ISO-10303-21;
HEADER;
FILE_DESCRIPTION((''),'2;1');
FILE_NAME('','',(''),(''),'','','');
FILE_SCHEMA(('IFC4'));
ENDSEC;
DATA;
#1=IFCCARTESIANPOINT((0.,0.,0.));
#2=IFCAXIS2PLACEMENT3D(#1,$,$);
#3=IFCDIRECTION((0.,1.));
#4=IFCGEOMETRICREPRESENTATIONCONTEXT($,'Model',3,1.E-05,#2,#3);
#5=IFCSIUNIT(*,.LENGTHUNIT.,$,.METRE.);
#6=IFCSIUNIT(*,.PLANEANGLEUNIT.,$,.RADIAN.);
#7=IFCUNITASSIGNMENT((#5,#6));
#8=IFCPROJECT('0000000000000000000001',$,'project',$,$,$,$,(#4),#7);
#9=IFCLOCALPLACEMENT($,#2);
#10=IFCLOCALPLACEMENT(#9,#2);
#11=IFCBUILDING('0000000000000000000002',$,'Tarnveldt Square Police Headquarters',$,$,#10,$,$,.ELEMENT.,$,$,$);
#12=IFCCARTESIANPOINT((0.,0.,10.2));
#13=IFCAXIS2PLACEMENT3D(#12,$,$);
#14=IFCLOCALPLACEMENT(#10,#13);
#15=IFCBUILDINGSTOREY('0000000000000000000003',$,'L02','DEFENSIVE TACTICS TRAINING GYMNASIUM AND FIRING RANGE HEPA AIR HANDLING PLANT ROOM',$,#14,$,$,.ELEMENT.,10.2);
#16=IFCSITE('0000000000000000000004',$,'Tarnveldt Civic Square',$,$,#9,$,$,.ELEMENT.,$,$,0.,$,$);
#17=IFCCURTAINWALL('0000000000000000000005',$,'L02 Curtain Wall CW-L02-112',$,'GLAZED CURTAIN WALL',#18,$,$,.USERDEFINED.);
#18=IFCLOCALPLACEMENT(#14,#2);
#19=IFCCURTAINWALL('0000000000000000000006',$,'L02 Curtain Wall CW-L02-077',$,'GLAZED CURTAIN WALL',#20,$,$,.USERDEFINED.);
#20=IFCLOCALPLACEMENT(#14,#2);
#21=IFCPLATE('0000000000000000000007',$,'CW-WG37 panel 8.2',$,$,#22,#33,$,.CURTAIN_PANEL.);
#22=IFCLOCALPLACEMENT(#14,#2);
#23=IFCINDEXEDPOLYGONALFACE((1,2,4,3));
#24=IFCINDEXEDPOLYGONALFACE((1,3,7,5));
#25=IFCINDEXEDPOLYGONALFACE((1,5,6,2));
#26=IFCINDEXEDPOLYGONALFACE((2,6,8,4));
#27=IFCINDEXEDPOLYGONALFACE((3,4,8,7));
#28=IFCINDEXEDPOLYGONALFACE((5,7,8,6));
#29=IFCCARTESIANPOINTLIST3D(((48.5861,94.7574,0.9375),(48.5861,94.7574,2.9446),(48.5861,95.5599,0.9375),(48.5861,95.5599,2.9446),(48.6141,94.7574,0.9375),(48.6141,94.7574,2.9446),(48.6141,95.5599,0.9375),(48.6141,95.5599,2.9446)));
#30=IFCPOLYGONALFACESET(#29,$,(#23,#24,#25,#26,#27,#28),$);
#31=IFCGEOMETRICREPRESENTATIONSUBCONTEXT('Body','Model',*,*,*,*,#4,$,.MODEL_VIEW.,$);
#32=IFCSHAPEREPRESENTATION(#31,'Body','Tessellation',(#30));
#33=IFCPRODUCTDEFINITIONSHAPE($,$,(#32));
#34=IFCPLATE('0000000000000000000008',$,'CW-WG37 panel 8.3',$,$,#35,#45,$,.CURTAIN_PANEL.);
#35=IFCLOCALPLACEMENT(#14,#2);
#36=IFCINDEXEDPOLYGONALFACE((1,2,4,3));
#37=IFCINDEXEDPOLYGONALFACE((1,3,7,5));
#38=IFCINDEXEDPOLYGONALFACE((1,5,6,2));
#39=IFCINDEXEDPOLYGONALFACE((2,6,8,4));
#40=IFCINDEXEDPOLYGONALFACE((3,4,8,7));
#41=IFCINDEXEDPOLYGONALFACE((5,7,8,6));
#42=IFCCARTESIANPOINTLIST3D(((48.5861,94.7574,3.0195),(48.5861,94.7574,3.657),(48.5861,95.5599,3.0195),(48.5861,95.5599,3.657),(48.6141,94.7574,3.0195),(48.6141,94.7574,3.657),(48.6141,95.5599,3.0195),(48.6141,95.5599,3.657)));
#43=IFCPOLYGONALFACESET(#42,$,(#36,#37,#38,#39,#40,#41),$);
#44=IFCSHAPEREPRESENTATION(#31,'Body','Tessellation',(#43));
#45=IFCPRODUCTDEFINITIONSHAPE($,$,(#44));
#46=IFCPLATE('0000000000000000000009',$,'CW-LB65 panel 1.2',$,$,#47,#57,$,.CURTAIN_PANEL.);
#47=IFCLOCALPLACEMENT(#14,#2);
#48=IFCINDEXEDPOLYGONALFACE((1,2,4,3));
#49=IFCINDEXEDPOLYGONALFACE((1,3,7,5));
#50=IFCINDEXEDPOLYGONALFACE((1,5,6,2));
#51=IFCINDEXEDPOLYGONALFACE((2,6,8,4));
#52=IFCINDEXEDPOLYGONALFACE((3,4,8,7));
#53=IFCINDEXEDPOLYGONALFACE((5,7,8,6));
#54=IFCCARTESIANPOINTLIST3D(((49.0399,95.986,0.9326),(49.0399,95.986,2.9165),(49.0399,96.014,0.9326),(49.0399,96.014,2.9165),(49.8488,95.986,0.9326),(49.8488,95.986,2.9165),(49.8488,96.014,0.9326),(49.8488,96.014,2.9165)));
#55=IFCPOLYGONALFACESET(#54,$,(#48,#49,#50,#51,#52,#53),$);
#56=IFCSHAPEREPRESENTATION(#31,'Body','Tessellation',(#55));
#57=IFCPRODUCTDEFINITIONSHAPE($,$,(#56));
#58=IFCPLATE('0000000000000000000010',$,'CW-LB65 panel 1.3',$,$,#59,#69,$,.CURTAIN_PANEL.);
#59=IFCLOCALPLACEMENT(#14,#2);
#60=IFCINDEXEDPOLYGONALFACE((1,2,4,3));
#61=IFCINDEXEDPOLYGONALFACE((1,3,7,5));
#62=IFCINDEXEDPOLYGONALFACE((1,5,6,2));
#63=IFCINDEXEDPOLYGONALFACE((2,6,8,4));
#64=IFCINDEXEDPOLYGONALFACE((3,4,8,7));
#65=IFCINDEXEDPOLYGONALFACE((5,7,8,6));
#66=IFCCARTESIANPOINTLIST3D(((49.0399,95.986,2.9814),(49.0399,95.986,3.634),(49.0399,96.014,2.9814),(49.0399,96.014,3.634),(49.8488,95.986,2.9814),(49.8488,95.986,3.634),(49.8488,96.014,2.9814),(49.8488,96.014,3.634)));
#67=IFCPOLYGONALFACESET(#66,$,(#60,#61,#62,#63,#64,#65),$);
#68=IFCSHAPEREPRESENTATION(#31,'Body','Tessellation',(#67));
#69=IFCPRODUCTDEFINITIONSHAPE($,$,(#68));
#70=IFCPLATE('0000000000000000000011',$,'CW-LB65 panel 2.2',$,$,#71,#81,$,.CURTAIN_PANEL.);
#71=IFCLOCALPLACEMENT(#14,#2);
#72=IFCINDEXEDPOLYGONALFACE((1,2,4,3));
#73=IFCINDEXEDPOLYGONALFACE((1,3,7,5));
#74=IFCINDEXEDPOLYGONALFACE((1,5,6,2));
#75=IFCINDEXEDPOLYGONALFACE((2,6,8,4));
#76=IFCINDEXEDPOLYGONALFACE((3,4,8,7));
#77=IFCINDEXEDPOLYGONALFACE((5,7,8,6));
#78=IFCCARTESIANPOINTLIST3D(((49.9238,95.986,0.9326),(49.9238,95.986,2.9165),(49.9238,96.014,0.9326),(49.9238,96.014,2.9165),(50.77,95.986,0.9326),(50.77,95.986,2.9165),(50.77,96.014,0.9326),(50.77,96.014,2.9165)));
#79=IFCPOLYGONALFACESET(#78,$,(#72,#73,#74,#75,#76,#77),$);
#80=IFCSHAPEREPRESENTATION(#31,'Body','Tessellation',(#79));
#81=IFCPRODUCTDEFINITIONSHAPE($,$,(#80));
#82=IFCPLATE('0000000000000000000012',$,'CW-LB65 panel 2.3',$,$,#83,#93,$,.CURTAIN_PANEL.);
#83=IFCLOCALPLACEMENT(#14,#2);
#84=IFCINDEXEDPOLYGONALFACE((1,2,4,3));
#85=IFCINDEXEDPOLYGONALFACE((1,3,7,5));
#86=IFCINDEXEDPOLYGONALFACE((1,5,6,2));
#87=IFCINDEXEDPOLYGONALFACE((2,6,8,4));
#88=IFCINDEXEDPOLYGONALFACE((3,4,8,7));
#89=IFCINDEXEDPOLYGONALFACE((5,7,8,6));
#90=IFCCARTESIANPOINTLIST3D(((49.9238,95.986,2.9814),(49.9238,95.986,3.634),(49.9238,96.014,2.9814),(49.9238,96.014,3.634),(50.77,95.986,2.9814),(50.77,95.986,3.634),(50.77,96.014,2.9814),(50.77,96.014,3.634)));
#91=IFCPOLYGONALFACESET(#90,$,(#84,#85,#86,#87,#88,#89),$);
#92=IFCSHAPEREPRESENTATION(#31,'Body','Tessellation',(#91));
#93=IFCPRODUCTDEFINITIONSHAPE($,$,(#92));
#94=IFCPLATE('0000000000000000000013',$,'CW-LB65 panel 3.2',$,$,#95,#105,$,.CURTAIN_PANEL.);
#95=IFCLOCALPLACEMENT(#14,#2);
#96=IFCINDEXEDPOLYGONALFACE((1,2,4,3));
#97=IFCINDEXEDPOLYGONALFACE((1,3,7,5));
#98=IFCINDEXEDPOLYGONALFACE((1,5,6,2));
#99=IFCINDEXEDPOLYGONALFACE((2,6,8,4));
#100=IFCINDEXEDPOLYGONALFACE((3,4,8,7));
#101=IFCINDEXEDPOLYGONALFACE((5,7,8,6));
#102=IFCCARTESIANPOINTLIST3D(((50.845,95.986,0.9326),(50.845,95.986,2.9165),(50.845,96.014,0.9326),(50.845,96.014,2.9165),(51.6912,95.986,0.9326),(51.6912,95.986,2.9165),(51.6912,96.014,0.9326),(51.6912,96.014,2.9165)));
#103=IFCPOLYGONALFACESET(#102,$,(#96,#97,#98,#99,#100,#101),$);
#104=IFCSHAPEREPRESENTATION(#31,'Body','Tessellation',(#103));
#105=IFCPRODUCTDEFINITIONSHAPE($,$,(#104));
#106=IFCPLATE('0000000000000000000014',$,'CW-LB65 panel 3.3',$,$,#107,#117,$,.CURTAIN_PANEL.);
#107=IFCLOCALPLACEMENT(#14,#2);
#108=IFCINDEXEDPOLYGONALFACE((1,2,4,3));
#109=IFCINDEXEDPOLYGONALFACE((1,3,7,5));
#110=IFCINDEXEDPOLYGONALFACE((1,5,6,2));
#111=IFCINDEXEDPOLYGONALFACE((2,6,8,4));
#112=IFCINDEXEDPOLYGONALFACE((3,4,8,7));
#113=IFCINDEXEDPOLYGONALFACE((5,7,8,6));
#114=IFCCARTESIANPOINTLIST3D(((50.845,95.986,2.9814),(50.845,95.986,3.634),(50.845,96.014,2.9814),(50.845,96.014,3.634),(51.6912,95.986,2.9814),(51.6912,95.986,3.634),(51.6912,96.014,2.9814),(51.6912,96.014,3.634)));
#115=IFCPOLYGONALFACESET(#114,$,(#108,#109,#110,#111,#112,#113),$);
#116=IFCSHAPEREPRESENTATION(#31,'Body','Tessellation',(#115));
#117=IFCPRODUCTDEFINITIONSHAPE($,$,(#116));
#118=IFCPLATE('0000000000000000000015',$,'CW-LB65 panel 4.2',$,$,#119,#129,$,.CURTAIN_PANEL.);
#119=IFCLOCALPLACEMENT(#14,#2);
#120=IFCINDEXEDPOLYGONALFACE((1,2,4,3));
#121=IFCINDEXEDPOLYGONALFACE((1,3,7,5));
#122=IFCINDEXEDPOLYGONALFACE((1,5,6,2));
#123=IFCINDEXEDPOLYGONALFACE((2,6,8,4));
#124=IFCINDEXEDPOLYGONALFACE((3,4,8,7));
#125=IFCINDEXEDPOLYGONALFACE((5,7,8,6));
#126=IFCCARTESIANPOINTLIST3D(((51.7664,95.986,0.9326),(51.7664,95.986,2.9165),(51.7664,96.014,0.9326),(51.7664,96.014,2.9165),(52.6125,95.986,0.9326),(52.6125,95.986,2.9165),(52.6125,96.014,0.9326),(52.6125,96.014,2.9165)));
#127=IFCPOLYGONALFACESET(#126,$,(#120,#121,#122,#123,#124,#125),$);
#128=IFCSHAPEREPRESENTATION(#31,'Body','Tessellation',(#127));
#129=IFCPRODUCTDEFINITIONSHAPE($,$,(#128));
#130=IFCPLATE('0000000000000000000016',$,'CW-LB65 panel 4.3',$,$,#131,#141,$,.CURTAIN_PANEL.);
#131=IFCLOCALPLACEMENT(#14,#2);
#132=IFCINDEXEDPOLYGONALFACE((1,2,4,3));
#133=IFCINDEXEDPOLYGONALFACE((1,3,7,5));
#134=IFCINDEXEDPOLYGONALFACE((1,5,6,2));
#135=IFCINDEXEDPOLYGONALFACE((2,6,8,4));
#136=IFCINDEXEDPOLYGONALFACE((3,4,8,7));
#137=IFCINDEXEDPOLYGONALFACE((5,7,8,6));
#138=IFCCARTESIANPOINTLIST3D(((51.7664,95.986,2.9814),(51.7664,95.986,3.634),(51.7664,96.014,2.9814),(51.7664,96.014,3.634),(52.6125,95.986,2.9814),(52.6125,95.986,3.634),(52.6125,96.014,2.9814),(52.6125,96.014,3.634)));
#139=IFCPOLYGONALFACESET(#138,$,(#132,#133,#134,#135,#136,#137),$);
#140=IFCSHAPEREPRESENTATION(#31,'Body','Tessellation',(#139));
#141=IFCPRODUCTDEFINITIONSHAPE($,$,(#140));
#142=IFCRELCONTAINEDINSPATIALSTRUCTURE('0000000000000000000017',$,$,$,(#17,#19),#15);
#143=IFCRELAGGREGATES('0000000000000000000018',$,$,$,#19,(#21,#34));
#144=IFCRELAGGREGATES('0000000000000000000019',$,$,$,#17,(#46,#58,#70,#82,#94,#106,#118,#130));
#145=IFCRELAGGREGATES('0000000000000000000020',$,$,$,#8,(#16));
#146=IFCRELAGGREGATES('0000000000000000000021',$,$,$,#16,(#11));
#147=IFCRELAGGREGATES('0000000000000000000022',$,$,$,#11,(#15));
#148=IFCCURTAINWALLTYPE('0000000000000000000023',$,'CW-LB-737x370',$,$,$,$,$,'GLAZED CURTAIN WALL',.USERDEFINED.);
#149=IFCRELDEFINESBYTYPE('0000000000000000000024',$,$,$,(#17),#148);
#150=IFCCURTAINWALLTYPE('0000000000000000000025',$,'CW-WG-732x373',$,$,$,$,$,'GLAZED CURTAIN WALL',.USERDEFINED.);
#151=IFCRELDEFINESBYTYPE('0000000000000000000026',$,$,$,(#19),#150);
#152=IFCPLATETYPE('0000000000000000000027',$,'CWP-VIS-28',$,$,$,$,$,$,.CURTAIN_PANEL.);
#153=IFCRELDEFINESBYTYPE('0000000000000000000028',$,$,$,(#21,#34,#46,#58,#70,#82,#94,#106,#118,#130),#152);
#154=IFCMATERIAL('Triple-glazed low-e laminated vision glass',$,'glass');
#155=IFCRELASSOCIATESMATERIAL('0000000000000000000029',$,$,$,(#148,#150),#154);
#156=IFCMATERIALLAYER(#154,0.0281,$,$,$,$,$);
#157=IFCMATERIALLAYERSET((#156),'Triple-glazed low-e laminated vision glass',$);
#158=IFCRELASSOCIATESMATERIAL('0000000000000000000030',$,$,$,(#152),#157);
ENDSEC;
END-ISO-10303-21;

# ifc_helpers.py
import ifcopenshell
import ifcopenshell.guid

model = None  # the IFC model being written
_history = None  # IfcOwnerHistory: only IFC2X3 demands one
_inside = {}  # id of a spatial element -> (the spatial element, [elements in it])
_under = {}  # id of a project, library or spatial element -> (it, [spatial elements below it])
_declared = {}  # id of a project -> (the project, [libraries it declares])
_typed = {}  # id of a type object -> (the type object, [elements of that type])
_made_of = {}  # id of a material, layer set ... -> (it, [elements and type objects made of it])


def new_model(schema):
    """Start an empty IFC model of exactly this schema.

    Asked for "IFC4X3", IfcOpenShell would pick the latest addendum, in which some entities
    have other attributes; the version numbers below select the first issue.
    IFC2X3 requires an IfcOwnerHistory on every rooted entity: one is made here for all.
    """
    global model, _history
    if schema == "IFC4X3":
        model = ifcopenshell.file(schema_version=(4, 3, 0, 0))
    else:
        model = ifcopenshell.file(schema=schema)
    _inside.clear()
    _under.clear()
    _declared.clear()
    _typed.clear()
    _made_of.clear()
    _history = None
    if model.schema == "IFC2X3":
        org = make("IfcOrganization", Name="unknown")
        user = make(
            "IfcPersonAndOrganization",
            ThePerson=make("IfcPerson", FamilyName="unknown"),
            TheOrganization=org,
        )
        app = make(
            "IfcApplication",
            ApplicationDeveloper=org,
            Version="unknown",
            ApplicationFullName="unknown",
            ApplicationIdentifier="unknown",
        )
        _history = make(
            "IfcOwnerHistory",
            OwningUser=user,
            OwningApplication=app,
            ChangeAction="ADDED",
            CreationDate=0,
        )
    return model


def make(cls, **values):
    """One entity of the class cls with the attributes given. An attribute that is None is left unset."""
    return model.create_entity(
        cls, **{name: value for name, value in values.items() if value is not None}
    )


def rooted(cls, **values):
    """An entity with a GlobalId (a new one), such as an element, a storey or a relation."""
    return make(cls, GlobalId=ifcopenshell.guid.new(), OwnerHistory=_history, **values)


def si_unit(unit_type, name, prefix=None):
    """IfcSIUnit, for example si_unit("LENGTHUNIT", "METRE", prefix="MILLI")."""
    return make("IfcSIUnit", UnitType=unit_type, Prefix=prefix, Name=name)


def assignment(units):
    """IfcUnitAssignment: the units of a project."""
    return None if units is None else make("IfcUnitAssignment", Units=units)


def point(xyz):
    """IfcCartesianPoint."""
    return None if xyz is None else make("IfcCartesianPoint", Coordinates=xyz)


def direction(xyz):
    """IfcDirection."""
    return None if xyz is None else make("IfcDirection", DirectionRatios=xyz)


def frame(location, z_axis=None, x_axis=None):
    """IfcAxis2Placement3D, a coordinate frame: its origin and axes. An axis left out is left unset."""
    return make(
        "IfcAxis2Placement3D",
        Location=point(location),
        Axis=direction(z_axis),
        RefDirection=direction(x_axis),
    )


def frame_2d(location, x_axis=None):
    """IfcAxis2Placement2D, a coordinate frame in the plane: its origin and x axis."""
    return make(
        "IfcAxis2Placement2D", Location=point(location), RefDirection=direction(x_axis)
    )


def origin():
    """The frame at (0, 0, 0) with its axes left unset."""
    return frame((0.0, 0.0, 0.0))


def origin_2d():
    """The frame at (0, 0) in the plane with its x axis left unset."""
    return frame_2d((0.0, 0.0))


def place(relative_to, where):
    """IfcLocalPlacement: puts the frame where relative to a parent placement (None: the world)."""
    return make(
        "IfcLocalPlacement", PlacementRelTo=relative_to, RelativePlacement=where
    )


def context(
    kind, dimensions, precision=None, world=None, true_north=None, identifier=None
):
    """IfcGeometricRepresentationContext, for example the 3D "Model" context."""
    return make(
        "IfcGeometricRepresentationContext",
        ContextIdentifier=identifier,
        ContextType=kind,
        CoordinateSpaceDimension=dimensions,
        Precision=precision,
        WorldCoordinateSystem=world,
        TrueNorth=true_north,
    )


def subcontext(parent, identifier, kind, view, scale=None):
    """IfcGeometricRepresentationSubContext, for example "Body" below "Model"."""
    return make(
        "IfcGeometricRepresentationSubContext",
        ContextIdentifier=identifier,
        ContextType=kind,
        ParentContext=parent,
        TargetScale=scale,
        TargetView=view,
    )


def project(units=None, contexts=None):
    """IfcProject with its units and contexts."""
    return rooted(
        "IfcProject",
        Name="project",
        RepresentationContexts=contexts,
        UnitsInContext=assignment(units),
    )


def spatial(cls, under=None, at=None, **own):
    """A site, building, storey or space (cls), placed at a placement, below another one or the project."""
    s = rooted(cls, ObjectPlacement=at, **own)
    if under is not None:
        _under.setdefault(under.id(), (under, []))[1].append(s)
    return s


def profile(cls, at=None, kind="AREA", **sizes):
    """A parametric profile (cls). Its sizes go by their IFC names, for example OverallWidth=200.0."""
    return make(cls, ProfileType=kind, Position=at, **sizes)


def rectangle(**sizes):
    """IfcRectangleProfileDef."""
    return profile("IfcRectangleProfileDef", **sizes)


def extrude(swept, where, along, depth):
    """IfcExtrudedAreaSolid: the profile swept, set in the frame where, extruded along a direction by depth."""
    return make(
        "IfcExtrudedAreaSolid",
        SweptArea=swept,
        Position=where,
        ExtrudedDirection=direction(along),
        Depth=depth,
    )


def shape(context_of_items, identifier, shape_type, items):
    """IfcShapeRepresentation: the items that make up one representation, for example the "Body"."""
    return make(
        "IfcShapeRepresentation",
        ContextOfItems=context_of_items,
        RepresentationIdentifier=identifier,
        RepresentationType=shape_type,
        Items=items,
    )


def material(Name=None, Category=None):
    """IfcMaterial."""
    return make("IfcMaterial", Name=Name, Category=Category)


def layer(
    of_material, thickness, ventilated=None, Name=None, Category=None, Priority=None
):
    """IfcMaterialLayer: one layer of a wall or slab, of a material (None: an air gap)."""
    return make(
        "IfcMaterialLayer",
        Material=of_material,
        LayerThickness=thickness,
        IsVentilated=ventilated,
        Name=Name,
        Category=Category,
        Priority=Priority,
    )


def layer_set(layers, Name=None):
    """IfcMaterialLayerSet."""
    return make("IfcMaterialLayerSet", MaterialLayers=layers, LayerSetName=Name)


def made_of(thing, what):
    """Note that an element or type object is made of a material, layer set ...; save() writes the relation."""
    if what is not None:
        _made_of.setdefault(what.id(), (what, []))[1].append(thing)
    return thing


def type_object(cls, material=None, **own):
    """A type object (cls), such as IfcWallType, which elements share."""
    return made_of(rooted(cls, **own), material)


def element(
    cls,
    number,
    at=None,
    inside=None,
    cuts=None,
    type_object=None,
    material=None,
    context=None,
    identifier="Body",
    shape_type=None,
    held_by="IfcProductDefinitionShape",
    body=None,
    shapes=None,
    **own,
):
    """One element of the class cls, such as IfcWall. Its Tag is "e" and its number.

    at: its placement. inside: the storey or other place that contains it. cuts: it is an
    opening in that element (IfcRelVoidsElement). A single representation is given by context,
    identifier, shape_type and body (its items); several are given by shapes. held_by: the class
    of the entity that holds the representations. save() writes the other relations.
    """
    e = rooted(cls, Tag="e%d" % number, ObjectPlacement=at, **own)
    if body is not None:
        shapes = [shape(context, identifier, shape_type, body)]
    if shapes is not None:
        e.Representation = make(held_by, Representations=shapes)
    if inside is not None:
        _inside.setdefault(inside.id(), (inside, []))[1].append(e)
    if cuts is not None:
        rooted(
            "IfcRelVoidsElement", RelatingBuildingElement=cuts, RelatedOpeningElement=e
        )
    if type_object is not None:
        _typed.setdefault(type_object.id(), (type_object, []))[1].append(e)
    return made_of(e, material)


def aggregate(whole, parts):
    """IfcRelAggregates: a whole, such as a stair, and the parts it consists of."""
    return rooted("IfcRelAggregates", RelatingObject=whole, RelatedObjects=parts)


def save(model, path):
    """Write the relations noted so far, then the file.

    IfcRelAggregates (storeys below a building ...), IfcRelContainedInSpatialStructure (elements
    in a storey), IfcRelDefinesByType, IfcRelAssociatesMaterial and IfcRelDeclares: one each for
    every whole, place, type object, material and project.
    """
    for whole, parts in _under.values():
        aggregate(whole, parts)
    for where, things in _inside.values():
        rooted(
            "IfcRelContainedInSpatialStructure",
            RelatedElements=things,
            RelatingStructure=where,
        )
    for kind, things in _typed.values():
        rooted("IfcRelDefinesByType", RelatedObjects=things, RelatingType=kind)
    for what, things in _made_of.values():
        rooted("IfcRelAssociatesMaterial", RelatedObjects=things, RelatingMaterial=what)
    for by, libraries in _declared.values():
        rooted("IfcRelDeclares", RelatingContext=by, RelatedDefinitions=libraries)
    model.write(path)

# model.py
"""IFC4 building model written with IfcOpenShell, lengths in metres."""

from ifc_helpers import new_model, si_unit, direction, frame, origin, origin_2d, place, context, subcontext, project, spatial, rectangle, extrude, material, layer, layer_set, type_object, element, aggregate, save


model = new_model("IFC4")

# Units and contexts
model_context = context("Model", 3, precision=1e-05, world=origin(), true_north=direction((0.0, 1.0)))
body_context = subcontext(model_context, "Body", "Model", "MODEL_VIEW")
ifc_project = project(units=[si_unit("LENGTHUNIT", "METRE"), si_unit("PLANEANGLEUNIT", "RADIAN")], contexts=[model_context])

# Site, building, storey
site_placement = place(None, origin())
site = spatial("IfcSite", under=ifc_project, at=site_placement, Name="Tarnveldt Civic Square", CompositionType="ELEMENT", RefElevation=0.0)
building_placement = place(site_placement, origin())
building = spatial("IfcBuilding", under=site, at=building_placement, Name="Tarnveldt Square Police Headquarters", CompositionType="ELEMENT")
storey_placement = place(building_placement, frame((0.0, 0.0, 10.2)))
storey = spatial("IfcBuildingStorey", under=building, at=storey_placement, Name="L02", Description="DEFENSIVE TACTICS TRAINING GYMNASIUM AND FIRING RANGE HEPA AIR HANDLING PLANT ROOM", CompositionType="ELEMENT", Elevation=10.2)

# Curtain wall
ifc_material_1 = material(Name="Triple-glazed low-e laminated vision glass", Category="glass")
curtain_wall_type_1 = type_object("IfcCurtainWallType", Name="CW-LB-737x370", ElementType="GLAZED CURTAIN WALL", PredefinedType="USERDEFINED", material=ifc_material_1)
curtain_wall_1_placement = place(storey_placement, origin())
curtain_wall_1 = element("IfcCurtainWall", 1, at=curtain_wall_1_placement, inside=storey, type_object=curtain_wall_type_1, Name="L02 Curtain Wall CW-L02-112", ObjectType="GLAZED CURTAIN WALL", PredefinedType="USERDEFINED")

# Curtain wall, plates
curtain_wall_type_2 = type_object("IfcCurtainWallType", Name="CW-WG-732x373", ElementType="GLAZED CURTAIN WALL", PredefinedType="USERDEFINED", material=ifc_material_1)
curtain_wall_2_placement = place(storey_placement, origin())
curtain_wall_2 = element("IfcCurtainWall", 2, at=curtain_wall_2_placement, inside=storey, type_object=curtain_wall_type_2, Name="L02 Curtain Wall CW-L02-077", ObjectType="GLAZED CURTAIN WALL", PredefinedType="USERDEFINED")
ifc_layer = layer(ifc_material_1, 0.0281)
ifc_layer_set = layer_set([ifc_layer], Name="Triple-glazed low-e laminated vision glass")
plate_type = type_object("IfcPlateType", Name="CWP-VIS-28", PredefinedType="CURTAIN_PANEL", material=ifc_layer_set)
plate_1_placement = place(storey_placement, frame((48.6001, 95.1587, 0.9375), z_axis=(0.0, 0.0, 1.0), x_axis=(0.0, 1.0, 0.0)))
plate_1 = element("IfcPlate", 3, at=plate_1_placement, type_object=plate_type, Name="CW-WG37 panel 8.2", PredefinedType="CURTAIN_PANEL", context=body_context, shape_type="SweptSolid", body=[
    extrude(rectangle(XDim=0.8025, YDim=0.0281, at=origin_2d()), origin(), (0.0, 0.0, 1.0), 2.0071),
])
plate_2_placement = place(storey_placement, frame((48.6001, 95.1587, 3.0195), z_axis=(0.0, 0.0, 1.0), x_axis=(0.0, 1.0, 0.0)))
plate_2 = element("IfcPlate", 4, at=plate_2_placement, type_object=plate_type, Name="CW-WG37 panel 8.3", PredefinedType="CURTAIN_PANEL", context=body_context, shape_type="SweptSolid", body=[
    extrude(rectangle(XDim=0.8025, YDim=0.0281, at=origin_2d()), origin(), (0.0, 0.0, 1.0), 0.6375),
])
aggregate(curtain_wall_2, [plate_1, plate_2])

# Plates
plate_3_placement = place(storey_placement, frame((49.4443, 96.0, 0.9326), z_axis=(0.0, 0.0, 1.0), x_axis=(1.0, 0.0, 0.0)))
plate_3 = element("IfcPlate", 5, at=plate_3_placement, type_object=plate_type, Name="CW-LB65 panel 1.2", PredefinedType="CURTAIN_PANEL", context=body_context, shape_type="SweptSolid", body=[
    extrude(rectangle(XDim=0.8088, YDim=0.0281, at=origin_2d()), origin(), (0.0, 0.0, 1.0), 1.9839),
])
plate_4_placement = place(storey_placement, frame((49.4443, 96.0, 2.9814), z_axis=(0.0, 0.0, 1.0), x_axis=(1.0, 0.0, 0.0)))
plate_4 = element("IfcPlate", 6, at=plate_4_placement, type_object=plate_type, Name="CW-LB65 panel 1.3", PredefinedType="CURTAIN_PANEL", context=body_context, shape_type="SweptSolid", body=[
    extrude(rectangle(XDim=0.8088, YDim=0.0281, at=origin_2d()), origin(), (0.0, 0.0, 1.0), 0.6526),
])
plate_5_placement = place(storey_placement, frame((50.3469, 96.0, 0.9326), z_axis=(0.0, 0.0, 1.0), x_axis=(1.0, 0.0, 0.0)))
plate_5 = element("IfcPlate", 7, at=plate_5_placement, type_object=plate_type, Name="CW-LB65 panel 2.2", PredefinedType="CURTAIN_PANEL", context=body_context, shape_type="SweptSolid", body=[
    extrude(rectangle(XDim=0.8462, YDim=0.0281, at=origin_2d()), origin(), (0.0, 0.0, 1.0), 1.9839),
])
plate_6_placement = place(storey_placement, frame((50.3469, 96.0, 2.9814), z_axis=(0.0, 0.0, 1.0), x_axis=(1.0, 0.0, 0.0)))
plate_6 = element("IfcPlate", 8, at=plate_6_placement, type_object=plate_type, Name="CW-LB65 panel 2.3", PredefinedType="CURTAIN_PANEL", context=body_context, shape_type="SweptSolid", body=[
    extrude(rectangle(XDim=0.8462, YDim=0.0281, at=origin_2d()), origin(), (0.0, 0.0, 1.0), 0.6526),
])
plate_7_placement = place(storey_placement, frame((51.2681, 96.0, 0.9326), z_axis=(0.0, 0.0, 1.0), x_axis=(1.0, 0.0, 0.0)))
plate_7 = element("IfcPlate", 9, at=plate_7_placement, type_object=plate_type, Name="CW-LB65 panel 3.2", PredefinedType="CURTAIN_PANEL", context=body_context, shape_type="SweptSolid", body=[
    extrude(rectangle(XDim=0.8462, YDim=0.0281, at=origin_2d()), origin(), (0.0, 0.0, 1.0), 1.9839),
])
plate_8_placement = place(storey_placement, frame((51.2681, 96.0, 2.9814), z_axis=(0.0, 0.0, 1.0), x_axis=(1.0, 0.0, 0.0)))
plate_8 = element("IfcPlate", 10, at=plate_8_placement, type_object=plate_type, Name="CW-LB65 panel 3.3", PredefinedType="CURTAIN_PANEL", context=body_context, shape_type="SweptSolid", body=[
    extrude(rectangle(XDim=0.8462, YDim=0.0281, at=origin_2d()), origin(), (0.0, 0.0, 1.0), 0.6526),
])
plate_9_placement = place(storey_placement, frame((52.1895, 96.0, 0.9326), z_axis=(0.0, 0.0, 1.0), x_axis=(1.0, 0.0, 0.0)))
plate_9 = element("IfcPlate", 11, at=plate_9_placement, type_object=plate_type, Name="CW-LB65 panel 4.2", PredefinedType="CURTAIN_PANEL", context=body_context, shape_type="SweptSolid", body=[
    extrude(rectangle(XDim=0.8462, YDim=0.0281, at=origin_2d()), origin(), (0.0, 0.0, 1.0), 1.9839),
])
plate_10_placement = place(storey_placement, frame((52.1895, 96.0, 2.9814), z_axis=(0.0, 0.0, 1.0), x_axis=(1.0, 0.0, 0.0)))
plate_10 = element("IfcPlate", 12, at=plate_10_placement, type_object=plate_type, Name="CW-LB65 panel 4.3", PredefinedType="CURTAIN_PANEL", context=body_context, shape_type="SweptSolid", body=[
    extrude(rectangle(XDim=0.8462, YDim=0.0281, at=origin_2d()), origin(), (0.0, 0.0, 1.0), 0.6526),
])
aggregate(curtain_wall_1, [plate_3, plate_4, plate_5, plate_6, plate_7, plate_8, plate_9, plate_10])

save(model, "model.ifc")
